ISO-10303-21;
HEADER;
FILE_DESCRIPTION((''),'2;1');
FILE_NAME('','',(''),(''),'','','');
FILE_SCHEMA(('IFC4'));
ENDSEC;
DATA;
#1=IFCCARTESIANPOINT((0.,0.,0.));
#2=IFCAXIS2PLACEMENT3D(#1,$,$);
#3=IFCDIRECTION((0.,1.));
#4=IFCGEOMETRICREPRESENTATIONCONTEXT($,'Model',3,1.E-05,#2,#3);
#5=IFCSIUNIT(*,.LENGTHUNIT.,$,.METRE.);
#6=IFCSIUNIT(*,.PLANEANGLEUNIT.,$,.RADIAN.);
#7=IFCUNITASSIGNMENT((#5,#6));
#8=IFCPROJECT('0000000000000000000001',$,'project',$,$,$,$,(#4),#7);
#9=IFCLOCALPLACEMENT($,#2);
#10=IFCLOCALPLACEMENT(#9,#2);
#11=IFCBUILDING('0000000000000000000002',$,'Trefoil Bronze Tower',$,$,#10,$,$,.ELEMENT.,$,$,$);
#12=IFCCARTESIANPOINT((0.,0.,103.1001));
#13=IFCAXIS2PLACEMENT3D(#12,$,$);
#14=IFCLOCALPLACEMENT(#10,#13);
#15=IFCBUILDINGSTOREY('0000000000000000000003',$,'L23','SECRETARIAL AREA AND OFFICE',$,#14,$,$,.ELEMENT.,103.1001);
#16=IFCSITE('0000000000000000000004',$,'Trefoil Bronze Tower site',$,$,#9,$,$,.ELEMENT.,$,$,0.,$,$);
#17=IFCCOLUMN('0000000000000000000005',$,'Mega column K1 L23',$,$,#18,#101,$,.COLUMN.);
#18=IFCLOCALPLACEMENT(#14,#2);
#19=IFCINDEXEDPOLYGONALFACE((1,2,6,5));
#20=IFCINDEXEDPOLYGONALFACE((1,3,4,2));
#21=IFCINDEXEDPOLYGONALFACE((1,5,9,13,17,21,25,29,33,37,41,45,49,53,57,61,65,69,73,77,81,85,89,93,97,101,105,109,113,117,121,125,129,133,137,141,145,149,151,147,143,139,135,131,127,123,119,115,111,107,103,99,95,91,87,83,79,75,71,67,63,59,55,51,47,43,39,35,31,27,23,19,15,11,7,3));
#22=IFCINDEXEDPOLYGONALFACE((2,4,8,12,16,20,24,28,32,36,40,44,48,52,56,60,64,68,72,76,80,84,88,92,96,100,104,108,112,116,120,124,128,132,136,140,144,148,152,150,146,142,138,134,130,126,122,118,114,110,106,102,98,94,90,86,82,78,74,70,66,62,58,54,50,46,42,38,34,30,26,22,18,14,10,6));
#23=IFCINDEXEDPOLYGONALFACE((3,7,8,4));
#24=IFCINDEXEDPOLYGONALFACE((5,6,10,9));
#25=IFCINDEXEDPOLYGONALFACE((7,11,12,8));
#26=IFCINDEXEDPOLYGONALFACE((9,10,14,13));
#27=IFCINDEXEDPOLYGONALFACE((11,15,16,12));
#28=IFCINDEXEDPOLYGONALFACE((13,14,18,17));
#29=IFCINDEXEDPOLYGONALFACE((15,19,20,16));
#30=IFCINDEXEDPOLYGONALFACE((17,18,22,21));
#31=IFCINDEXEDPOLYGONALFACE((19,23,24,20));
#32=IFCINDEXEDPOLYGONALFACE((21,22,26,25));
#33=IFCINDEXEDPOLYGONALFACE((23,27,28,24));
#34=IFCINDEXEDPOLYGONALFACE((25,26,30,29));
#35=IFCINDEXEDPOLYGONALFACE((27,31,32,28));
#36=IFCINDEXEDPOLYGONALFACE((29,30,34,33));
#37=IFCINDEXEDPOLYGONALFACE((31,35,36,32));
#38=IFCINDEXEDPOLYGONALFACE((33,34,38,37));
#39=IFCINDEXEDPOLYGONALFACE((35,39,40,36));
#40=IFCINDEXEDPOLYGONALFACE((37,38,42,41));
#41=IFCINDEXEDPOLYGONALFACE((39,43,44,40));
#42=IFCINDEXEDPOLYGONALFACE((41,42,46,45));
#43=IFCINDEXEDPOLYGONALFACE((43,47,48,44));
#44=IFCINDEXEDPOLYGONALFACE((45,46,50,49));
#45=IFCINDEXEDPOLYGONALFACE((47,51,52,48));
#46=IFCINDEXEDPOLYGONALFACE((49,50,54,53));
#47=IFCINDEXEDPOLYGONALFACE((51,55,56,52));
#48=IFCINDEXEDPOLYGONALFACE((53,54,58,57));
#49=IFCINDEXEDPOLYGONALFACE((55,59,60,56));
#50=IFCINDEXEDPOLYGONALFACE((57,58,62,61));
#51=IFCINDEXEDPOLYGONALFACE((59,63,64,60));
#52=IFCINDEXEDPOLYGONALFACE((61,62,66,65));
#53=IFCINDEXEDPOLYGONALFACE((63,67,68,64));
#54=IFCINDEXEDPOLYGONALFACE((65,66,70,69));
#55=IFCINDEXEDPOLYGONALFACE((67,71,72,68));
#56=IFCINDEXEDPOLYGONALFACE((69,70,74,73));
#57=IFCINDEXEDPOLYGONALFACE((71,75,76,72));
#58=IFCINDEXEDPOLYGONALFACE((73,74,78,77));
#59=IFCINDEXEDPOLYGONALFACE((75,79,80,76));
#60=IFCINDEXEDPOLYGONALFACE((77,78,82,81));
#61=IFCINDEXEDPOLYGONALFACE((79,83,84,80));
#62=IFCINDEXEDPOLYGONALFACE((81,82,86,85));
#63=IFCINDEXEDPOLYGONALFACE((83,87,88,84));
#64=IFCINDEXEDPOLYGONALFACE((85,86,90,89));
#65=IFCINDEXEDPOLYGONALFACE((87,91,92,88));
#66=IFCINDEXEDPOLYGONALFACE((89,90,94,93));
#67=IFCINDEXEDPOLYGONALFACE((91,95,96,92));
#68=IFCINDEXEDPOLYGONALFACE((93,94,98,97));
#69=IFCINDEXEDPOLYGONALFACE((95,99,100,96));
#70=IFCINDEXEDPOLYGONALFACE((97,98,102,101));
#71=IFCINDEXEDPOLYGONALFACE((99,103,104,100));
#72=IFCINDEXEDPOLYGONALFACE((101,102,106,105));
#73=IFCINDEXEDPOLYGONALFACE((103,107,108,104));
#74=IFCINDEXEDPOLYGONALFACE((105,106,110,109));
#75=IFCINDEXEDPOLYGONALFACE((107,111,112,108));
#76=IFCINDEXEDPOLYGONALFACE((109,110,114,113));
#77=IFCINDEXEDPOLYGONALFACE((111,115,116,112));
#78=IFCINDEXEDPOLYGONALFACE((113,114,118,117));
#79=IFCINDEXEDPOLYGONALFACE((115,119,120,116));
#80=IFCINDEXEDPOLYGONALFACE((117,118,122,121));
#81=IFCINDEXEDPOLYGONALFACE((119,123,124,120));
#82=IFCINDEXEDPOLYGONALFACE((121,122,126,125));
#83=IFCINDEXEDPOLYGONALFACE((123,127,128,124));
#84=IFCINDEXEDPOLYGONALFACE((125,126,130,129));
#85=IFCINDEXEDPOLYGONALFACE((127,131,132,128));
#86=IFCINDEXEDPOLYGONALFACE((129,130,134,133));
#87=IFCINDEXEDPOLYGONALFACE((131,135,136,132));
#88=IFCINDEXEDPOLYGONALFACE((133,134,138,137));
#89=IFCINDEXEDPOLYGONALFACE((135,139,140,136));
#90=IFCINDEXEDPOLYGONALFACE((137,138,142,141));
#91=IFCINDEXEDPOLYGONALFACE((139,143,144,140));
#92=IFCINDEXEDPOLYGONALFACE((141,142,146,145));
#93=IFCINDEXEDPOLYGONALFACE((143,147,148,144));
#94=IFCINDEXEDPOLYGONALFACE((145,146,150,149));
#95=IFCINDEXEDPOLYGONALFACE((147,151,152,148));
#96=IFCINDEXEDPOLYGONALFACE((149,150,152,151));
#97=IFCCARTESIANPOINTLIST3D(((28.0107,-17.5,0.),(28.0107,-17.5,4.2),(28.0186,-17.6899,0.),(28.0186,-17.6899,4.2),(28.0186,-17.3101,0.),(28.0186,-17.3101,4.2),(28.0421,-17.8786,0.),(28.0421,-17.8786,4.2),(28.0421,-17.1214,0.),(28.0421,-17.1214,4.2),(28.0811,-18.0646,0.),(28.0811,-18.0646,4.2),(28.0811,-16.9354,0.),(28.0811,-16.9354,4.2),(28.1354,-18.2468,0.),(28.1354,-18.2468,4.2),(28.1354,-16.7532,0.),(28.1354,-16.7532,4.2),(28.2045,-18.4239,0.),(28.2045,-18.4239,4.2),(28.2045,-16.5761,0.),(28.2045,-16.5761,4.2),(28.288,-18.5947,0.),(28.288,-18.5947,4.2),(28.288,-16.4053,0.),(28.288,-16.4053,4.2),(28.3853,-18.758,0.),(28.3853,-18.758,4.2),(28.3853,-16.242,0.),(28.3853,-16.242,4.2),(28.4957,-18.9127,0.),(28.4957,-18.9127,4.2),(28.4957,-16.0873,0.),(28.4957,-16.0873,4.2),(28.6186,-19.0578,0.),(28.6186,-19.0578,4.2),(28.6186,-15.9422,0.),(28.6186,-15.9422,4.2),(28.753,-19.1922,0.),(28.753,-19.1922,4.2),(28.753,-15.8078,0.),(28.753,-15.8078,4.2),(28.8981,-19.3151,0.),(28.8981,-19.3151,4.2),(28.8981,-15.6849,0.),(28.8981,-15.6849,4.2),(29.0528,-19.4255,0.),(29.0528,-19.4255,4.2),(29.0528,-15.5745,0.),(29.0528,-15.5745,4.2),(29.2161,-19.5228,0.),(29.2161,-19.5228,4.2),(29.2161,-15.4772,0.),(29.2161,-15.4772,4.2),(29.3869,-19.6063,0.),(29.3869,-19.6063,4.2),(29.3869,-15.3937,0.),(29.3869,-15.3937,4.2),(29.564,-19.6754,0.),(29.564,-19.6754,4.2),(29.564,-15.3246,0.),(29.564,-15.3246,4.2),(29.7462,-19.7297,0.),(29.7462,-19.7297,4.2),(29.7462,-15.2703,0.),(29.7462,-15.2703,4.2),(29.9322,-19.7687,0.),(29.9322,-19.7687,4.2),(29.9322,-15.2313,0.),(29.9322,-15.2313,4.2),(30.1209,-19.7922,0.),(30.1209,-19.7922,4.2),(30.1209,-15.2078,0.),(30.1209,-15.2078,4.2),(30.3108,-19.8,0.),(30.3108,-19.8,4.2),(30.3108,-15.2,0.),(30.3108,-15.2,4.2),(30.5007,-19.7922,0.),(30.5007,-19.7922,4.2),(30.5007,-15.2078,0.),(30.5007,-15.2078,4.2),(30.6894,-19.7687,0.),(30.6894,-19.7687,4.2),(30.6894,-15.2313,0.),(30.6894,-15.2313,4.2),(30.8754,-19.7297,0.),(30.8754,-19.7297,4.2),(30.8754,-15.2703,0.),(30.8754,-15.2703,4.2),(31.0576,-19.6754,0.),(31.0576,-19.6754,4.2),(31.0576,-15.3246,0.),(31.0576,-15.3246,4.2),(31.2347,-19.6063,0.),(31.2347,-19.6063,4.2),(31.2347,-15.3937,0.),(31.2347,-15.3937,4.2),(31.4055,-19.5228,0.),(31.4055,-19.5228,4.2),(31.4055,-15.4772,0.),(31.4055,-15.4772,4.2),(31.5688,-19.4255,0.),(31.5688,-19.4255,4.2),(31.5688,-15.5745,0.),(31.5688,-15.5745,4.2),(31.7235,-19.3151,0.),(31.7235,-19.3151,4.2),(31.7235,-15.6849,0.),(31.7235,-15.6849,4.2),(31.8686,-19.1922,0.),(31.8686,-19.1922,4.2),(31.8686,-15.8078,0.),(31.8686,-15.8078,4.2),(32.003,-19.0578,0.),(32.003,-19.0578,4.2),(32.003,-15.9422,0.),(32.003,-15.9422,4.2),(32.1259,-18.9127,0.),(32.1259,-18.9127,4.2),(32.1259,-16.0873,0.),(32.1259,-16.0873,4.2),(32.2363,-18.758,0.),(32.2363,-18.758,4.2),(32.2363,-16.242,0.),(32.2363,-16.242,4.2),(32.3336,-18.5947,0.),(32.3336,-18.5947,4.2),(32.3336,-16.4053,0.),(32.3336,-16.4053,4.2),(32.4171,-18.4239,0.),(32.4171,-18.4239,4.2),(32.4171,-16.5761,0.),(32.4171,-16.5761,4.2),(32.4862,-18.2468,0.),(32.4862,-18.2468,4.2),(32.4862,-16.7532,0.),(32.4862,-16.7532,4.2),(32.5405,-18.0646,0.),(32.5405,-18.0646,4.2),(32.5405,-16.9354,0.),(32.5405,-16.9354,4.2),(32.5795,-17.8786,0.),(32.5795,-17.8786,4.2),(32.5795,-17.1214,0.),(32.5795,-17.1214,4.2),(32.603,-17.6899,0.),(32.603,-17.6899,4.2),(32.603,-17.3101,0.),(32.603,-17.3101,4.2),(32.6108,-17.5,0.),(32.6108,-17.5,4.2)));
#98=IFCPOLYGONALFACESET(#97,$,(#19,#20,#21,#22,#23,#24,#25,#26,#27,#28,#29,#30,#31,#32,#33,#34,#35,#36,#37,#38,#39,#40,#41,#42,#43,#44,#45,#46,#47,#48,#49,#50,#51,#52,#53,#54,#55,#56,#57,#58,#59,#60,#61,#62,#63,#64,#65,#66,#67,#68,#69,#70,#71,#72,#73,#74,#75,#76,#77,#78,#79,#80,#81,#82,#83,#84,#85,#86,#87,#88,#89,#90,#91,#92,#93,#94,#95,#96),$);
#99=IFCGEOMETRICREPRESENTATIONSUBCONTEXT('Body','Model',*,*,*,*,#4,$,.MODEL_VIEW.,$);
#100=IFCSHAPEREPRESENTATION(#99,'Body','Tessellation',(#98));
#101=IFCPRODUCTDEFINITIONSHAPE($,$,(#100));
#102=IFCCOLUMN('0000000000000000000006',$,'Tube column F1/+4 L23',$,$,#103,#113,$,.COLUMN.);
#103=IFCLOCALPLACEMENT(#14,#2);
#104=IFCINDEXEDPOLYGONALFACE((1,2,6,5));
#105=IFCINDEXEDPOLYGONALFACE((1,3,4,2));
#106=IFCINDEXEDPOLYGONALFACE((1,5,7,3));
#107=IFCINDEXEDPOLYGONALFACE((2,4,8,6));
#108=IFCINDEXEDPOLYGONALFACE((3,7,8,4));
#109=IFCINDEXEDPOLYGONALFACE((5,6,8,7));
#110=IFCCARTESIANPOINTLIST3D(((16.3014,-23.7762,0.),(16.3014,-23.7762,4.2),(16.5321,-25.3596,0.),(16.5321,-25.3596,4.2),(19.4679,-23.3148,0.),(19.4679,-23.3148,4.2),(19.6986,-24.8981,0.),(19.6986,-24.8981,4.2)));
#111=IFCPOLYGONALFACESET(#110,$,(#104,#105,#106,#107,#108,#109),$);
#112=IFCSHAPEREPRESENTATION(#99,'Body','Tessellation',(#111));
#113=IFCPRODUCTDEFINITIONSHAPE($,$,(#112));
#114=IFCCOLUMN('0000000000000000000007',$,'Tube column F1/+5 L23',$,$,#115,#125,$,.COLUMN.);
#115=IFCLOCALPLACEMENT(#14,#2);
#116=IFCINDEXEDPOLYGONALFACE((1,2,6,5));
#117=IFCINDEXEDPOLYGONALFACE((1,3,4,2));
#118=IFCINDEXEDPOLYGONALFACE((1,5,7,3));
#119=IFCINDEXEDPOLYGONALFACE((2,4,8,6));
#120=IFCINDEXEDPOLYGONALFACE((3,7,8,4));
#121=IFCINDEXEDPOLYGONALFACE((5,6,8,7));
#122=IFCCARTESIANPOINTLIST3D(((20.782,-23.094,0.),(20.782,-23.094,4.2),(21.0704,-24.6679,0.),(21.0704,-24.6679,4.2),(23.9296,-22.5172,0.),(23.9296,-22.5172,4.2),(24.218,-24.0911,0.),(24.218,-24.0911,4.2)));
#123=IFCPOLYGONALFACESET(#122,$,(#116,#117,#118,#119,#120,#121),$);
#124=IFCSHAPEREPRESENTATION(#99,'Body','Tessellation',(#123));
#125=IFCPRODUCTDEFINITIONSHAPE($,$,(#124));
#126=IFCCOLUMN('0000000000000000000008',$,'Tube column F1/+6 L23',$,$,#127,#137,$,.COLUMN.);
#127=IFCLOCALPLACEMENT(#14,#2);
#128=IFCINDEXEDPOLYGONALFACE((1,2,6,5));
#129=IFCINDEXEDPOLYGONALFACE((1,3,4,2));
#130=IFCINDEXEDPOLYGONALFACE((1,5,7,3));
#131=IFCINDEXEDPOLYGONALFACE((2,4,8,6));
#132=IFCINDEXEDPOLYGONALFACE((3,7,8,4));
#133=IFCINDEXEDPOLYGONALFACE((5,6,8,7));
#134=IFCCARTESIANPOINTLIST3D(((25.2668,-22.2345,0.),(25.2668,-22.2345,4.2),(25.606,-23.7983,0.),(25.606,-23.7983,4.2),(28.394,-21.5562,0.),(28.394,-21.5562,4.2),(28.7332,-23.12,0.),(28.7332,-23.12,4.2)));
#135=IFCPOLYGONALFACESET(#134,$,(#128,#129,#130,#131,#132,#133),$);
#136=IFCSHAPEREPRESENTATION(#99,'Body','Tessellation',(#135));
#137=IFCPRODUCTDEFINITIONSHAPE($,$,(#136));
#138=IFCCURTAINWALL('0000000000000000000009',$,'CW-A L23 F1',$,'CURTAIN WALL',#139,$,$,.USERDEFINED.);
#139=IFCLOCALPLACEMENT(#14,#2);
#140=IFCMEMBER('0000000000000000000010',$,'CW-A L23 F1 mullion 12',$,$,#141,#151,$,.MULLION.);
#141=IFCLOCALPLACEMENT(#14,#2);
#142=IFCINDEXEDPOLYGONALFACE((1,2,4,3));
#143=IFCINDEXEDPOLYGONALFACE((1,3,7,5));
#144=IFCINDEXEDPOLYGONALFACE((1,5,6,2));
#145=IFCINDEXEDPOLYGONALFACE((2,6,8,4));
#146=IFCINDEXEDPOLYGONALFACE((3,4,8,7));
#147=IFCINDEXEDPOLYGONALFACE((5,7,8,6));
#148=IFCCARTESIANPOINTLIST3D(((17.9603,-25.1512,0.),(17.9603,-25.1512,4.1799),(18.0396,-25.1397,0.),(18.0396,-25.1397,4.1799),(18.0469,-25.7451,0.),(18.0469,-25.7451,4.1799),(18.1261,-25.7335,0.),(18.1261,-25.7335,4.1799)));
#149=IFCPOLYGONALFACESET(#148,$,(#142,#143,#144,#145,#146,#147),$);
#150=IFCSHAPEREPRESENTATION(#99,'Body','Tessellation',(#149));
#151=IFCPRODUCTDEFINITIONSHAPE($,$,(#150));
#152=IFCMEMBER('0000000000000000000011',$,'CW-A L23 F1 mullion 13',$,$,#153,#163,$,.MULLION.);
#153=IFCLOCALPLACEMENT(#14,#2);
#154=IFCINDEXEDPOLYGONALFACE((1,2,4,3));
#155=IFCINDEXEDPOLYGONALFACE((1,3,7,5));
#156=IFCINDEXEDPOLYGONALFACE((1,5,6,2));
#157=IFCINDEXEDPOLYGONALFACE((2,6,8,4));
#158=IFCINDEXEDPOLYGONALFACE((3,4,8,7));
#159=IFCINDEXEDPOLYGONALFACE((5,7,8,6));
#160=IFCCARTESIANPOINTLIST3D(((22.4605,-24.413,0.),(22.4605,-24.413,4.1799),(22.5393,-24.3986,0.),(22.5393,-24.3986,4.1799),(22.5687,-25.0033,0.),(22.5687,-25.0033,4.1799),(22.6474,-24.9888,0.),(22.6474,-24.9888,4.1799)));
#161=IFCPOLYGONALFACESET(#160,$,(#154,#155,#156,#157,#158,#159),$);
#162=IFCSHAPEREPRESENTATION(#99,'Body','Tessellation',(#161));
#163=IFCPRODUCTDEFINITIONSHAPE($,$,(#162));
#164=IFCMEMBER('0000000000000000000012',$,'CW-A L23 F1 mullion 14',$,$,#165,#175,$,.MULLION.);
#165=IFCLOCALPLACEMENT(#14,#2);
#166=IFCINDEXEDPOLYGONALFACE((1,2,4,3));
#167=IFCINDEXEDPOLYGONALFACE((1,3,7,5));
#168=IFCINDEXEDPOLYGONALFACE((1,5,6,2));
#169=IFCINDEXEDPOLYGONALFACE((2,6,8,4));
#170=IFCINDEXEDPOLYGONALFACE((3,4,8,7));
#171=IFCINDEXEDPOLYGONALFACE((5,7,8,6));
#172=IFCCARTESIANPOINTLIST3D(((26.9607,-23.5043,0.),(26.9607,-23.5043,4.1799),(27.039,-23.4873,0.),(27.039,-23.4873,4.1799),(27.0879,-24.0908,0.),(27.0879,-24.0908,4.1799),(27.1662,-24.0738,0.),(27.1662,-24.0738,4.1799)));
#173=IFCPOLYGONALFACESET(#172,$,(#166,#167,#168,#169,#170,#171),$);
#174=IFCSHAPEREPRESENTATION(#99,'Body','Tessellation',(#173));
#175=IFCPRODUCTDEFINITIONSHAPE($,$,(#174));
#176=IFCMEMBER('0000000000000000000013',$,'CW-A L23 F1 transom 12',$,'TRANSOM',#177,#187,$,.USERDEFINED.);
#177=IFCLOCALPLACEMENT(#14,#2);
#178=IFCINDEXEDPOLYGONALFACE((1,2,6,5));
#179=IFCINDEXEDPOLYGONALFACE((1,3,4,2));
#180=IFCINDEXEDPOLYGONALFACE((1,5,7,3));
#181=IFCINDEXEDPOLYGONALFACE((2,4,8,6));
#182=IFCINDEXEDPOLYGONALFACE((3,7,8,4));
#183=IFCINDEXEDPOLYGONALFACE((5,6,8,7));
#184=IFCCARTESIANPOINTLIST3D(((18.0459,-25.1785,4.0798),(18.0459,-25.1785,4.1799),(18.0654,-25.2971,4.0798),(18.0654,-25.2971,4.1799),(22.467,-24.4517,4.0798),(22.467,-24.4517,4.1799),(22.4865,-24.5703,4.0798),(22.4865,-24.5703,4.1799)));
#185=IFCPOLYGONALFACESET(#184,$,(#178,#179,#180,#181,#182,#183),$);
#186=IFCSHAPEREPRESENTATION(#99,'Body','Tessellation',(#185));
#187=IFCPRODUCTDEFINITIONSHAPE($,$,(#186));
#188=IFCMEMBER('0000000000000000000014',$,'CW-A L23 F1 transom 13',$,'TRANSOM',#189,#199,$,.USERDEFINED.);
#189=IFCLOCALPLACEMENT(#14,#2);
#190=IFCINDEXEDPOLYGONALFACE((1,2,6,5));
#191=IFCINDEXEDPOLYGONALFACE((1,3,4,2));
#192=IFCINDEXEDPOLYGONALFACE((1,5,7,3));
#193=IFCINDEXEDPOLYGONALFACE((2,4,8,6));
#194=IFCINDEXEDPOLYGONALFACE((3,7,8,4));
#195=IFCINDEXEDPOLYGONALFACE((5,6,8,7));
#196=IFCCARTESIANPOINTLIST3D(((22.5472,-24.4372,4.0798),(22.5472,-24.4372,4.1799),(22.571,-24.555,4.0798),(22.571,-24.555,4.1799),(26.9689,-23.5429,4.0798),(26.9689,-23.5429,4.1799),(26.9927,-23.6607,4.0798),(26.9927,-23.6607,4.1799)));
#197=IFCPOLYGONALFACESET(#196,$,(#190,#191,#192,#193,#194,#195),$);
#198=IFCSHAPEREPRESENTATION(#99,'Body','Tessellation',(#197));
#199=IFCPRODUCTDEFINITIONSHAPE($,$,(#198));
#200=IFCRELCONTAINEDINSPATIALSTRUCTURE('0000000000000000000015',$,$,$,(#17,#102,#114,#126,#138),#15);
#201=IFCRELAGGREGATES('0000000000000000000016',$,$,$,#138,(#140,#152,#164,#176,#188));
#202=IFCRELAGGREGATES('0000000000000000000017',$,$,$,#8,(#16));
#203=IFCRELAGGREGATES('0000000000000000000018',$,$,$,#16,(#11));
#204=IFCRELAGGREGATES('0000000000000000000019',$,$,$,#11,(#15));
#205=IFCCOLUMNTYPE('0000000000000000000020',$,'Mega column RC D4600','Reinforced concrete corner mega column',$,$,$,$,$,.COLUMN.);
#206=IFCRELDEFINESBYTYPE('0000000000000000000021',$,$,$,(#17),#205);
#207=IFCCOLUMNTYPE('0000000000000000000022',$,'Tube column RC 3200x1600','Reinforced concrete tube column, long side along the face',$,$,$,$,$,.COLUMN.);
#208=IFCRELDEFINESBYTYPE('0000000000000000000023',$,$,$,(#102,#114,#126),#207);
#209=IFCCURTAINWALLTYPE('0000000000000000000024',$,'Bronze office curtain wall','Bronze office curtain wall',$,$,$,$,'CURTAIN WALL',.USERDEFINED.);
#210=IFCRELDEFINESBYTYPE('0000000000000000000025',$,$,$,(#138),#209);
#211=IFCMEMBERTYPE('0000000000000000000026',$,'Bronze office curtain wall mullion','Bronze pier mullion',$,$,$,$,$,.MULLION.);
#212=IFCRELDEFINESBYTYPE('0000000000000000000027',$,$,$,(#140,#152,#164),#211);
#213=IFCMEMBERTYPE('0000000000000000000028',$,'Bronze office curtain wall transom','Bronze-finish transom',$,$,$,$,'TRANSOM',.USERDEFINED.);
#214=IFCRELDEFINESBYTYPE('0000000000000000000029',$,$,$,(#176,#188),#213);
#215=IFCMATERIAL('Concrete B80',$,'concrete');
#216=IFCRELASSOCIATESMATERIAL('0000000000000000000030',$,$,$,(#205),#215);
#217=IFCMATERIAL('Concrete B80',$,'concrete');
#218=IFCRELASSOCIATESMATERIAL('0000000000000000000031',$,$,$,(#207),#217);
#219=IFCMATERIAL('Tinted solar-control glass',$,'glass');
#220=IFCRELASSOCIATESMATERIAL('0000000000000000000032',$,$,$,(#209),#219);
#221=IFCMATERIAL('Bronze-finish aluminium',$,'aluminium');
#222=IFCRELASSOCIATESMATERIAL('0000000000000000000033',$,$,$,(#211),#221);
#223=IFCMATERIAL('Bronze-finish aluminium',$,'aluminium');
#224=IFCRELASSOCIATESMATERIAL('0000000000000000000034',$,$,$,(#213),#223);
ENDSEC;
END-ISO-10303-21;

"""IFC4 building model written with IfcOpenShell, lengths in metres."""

from ifc_helpers import new_model, si_unit, direction, frame, origin, origin_2d, place, context, subcontext, project, spatial, rectangle, circle, extrude, material, material_profile, profile_set, type_object, element, aggregate, save


model = new_model("IFC4")

# Units and contexts
model_context = context("Model", 3, precision=1e-05, world=origin(), true_north=direction((0.0, 1.0)))
body_context = subcontext(model_context, "Body", "Model", "MODEL_VIEW")
ifc_project = project(units=[si_unit("LENGTHUNIT", "METRE"), si_unit("PLANEANGLEUNIT", "RADIAN")], contexts=[model_context])

# Site, building, storey
site_placement = place(None, origin())
site = spatial("IfcSite", under=ifc_project, at=site_placement, Name="Trefoil Bronze Tower site", CompositionType="ELEMENT", RefElevation=0.0)
building_placement = place(site_placement, origin())
building = spatial("IfcBuilding", under=site, at=building_placement, Name="Trefoil Bronze Tower", CompositionType="ELEMENT")
storey_placement = place(building_placement, frame((0.0, 0.0, 103.1001)))
storey = spatial("IfcBuildingStorey", under=building, at=storey_placement, Name="L23", Description="SECRETARIAL AREA AND OFFICE", CompositionType="ELEMENT", Elevation=103.1001)

# Columns
ifc_material_1 = material(Name="Concrete B80", Category="concrete")
ifc_material_profile_1 = material_profile(ifc_material_1, circle(Radius=2.3, at=origin_2d()), Name="RC D4600")
ifc_profile_set_1 = profile_set([ifc_material_profile_1], Name="Concrete B80")
column_type_1 = type_object("IfcColumnType", Name="Mega column RC D4600", Description="Reinforced concrete corner mega column", PredefinedType="COLUMN", material=ifc_profile_set_1)
column_placement = place(storey_placement, frame((30.3108, -17.5, 0.0), z_axis=(0.0, 0.0, 1.0), x_axis=(1.0, 0.0, 0.0)))
element("IfcColumn", 1, at=column_placement, inside=storey, type_object=column_type_1, Name="Mega column K1 L23", PredefinedType="COLUMN", context=body_context, shape_type="SweptSolid", body=[
    extrude(circle(Radius=2.3, at=origin_2d()), origin(), (0.0, 0.0, 1.0), 4.2),
])
ifc_material_2 = material(Name="Concrete B80", Category="concrete")
ifc_material_profile_2 = material_profile(ifc_material_2, rectangle(XDim=3.2, YDim=1.6001, at=origin_2d()), Name="RC 3200x1600")
ifc_profile_set_2 = profile_set([ifc_material_profile_2], Name="Concrete B80")
column_type_2 = type_object("IfcColumnType", Name="Tube column RC 3200x1600", Description="Reinforced concrete tube column, long side along the face", PredefinedType="COLUMN", material=ifc_profile_set_2)
for number, where, z_axis, x_axis, name in (
    (2, (18.0, -24.3372, 0.0), (0.0, 0.0, 1.0), (0.98955, 0.144192, 0.0), "Tube column F1/+4 L23"),
    (3, (22.5, -23.5925, 0.0), (0.0, 0.0, 1.0), (0.983623, 0.180241, 0.0), "Tube column F1/+5 L23"),
    (4, (27.0, -22.6772, 0.0), (0.0, 0.0, 1.0), (0.977276, 0.21197, 0.0), "Tube column F1/+6 L23"),
):
    element("IfcColumn", number, at=place(storey_placement, frame(where, z_axis=z_axis, x_axis=x_axis)), inside=storey, type_object=column_type_2, Name=name, PredefinedType="COLUMN", context=body_context, shape_type="SweptSolid", body=[
        extrude(rectangle(XDim=3.2, YDim=1.6001, at=origin_2d()), origin(), (0.0, 0.0, 1.0), 4.2),
    ])

# Curtain wall, members
ifc_material_3 = material(Name="Tinted solar-control glass", Category="glass")
curtain_wall_type_1 = type_object("IfcCurtainWallType", Name="Bronze office curtain wall", Description="Bronze office curtain wall", ElementType="CURTAIN WALL", PredefinedType="USERDEFINED", material=ifc_material_3)
curtain_wall_1_placement = place(storey_placement, origin())
curtain_wall_1 = element("IfcCurtainWall", 5, at=curtain_wall_1_placement, inside=storey, type_object=curtain_wall_type_1, Name="CW-A L23 F1", ObjectType="CURTAIN WALL", PredefinedType="USERDEFINED")
ifc_material_4 = material(Name="Bronze-finish aluminium", Category="aluminium")
ifc_material_profile_3 = material_profile(ifc_material_4, rectangle(XDim=0.6001, YDim=0.0801, at=origin_2d()), Name="CW-A mullion")
ifc_profile_set_3 = profile_set([ifc_material_profile_3], Name="Bronze-finish aluminium")
member_type_1 = type_object("IfcMemberType", Name="Bronze office curtain wall mullion", Description="Bronze pier mullion", PredefinedType="MULLION", material=ifc_profile_set_3)
member_1_placement = place(storey_placement, frame((18.0432, -25.4424, 0.0), z_axis=(0.0, 0.0, 1.0), x_axis=(-0.144192, 0.98955, 0.0)))
member_1 = element("IfcMember", 6, at=member_1_placement, type_object=member_type_1, Name="CW-A L23 F1 mullion 12", PredefinedType="MULLION", context=body_context, shape_type="SweptSolid", body=[
    extrude(rectangle(XDim=0.6001, YDim=0.0801, at=origin_2d()), origin(), (0.0, 0.0, 1.0), 4.1799),
])
member_2_placement = place(storey_placement, frame((22.554, -24.7009, 0.0), z_axis=(0.0, 0.0, 1.0), x_axis=(-0.180241, 0.983623, 0.0)))
member_2 = element("IfcMember", 7, at=member_2_placement, type_object=member_type_1, Name="CW-A L23 F1 mullion 13", PredefinedType="MULLION", context=body_context, shape_type="SweptSolid", body=[
    extrude(rectangle(XDim=0.6001, YDim=0.0801, at=origin_2d()), origin(), (0.0, 0.0, 1.0), 4.1799),
])
member_3_placement = place(storey_placement, frame((27.0635, -23.7891, 0.0), z_axis=(0.0, 0.0, 1.0), x_axis=(-0.21197, 0.977276, 0.0)))
member_3 = element("IfcMember", 8, at=member_3_placement, type_object=member_type_1, Name="CW-A L23 F1 mullion 14", PredefinedType="MULLION", context=body_context, shape_type="SweptSolid", body=[
    extrude(rectangle(XDim=0.6001, YDim=0.0801, at=origin_2d()), origin(), (0.0, 0.0, 1.0), 4.1799),
])
ifc_material_5 = material(Name="Bronze-finish aluminium", Category="aluminium")
ifc_material_profile_4 = material_profile(ifc_material_5, rectangle(XDim=0.1201, YDim=0.1001, at=origin_2d()), Name="CW-A transom")
ifc_profile_set_4 = profile_set([ifc_material_profile_4], Name="Bronze-finish aluminium")
member_type_2 = type_object("IfcMemberType", Name="Bronze office curtain wall transom", Description="Bronze-finish transom", ElementType="TRANSOM", PredefinedType="USERDEFINED", material=ifc_profile_set_4)
member_4_placement = place(storey_placement, frame((18.0557, -25.2378, 4.1299), z_axis=(0.986755, 0.162216, 0.0), x_axis=(-0.162216, 0.986755, 0.0)))
member_4 = element("IfcMember", 9, at=member_4_placement, type_object=member_type_2, Name="CW-A L23 F1 transom 12", ObjectType="TRANSOM", PredefinedType="USERDEFINED", context=body_context, shape_type="SweptSolid", body=[
    extrude(rectangle(XDim=0.1201, YDim=0.1001, at=origin_2d()), origin(), (0.0, 0.0, 1.0), 4.4805),
])
member_5_placement = place(storey_placement, frame((22.5591, -24.4961, 4.1299), z_axis=(0.980154, 0.198239, 0.0), x_axis=(-0.198239, 0.980154, 0.0)))
member_5 = element("IfcMember", 10, at=member_5_placement, type_object=member_type_2, Name="CW-A L23 F1 transom 13", ObjectType="TRANSOM", PredefinedType="USERDEFINED", context=body_context, shape_type="SweptSolid", body=[
    extrude(rectangle(XDim=0.1201, YDim=0.1001, at=origin_2d()), origin(), (0.0, 0.0, 1.0), 4.5112),
])

aggregate(curtain_wall_1, [member_1, member_2, member_3, member_4, member_5])

save(model, "model.ifc")
